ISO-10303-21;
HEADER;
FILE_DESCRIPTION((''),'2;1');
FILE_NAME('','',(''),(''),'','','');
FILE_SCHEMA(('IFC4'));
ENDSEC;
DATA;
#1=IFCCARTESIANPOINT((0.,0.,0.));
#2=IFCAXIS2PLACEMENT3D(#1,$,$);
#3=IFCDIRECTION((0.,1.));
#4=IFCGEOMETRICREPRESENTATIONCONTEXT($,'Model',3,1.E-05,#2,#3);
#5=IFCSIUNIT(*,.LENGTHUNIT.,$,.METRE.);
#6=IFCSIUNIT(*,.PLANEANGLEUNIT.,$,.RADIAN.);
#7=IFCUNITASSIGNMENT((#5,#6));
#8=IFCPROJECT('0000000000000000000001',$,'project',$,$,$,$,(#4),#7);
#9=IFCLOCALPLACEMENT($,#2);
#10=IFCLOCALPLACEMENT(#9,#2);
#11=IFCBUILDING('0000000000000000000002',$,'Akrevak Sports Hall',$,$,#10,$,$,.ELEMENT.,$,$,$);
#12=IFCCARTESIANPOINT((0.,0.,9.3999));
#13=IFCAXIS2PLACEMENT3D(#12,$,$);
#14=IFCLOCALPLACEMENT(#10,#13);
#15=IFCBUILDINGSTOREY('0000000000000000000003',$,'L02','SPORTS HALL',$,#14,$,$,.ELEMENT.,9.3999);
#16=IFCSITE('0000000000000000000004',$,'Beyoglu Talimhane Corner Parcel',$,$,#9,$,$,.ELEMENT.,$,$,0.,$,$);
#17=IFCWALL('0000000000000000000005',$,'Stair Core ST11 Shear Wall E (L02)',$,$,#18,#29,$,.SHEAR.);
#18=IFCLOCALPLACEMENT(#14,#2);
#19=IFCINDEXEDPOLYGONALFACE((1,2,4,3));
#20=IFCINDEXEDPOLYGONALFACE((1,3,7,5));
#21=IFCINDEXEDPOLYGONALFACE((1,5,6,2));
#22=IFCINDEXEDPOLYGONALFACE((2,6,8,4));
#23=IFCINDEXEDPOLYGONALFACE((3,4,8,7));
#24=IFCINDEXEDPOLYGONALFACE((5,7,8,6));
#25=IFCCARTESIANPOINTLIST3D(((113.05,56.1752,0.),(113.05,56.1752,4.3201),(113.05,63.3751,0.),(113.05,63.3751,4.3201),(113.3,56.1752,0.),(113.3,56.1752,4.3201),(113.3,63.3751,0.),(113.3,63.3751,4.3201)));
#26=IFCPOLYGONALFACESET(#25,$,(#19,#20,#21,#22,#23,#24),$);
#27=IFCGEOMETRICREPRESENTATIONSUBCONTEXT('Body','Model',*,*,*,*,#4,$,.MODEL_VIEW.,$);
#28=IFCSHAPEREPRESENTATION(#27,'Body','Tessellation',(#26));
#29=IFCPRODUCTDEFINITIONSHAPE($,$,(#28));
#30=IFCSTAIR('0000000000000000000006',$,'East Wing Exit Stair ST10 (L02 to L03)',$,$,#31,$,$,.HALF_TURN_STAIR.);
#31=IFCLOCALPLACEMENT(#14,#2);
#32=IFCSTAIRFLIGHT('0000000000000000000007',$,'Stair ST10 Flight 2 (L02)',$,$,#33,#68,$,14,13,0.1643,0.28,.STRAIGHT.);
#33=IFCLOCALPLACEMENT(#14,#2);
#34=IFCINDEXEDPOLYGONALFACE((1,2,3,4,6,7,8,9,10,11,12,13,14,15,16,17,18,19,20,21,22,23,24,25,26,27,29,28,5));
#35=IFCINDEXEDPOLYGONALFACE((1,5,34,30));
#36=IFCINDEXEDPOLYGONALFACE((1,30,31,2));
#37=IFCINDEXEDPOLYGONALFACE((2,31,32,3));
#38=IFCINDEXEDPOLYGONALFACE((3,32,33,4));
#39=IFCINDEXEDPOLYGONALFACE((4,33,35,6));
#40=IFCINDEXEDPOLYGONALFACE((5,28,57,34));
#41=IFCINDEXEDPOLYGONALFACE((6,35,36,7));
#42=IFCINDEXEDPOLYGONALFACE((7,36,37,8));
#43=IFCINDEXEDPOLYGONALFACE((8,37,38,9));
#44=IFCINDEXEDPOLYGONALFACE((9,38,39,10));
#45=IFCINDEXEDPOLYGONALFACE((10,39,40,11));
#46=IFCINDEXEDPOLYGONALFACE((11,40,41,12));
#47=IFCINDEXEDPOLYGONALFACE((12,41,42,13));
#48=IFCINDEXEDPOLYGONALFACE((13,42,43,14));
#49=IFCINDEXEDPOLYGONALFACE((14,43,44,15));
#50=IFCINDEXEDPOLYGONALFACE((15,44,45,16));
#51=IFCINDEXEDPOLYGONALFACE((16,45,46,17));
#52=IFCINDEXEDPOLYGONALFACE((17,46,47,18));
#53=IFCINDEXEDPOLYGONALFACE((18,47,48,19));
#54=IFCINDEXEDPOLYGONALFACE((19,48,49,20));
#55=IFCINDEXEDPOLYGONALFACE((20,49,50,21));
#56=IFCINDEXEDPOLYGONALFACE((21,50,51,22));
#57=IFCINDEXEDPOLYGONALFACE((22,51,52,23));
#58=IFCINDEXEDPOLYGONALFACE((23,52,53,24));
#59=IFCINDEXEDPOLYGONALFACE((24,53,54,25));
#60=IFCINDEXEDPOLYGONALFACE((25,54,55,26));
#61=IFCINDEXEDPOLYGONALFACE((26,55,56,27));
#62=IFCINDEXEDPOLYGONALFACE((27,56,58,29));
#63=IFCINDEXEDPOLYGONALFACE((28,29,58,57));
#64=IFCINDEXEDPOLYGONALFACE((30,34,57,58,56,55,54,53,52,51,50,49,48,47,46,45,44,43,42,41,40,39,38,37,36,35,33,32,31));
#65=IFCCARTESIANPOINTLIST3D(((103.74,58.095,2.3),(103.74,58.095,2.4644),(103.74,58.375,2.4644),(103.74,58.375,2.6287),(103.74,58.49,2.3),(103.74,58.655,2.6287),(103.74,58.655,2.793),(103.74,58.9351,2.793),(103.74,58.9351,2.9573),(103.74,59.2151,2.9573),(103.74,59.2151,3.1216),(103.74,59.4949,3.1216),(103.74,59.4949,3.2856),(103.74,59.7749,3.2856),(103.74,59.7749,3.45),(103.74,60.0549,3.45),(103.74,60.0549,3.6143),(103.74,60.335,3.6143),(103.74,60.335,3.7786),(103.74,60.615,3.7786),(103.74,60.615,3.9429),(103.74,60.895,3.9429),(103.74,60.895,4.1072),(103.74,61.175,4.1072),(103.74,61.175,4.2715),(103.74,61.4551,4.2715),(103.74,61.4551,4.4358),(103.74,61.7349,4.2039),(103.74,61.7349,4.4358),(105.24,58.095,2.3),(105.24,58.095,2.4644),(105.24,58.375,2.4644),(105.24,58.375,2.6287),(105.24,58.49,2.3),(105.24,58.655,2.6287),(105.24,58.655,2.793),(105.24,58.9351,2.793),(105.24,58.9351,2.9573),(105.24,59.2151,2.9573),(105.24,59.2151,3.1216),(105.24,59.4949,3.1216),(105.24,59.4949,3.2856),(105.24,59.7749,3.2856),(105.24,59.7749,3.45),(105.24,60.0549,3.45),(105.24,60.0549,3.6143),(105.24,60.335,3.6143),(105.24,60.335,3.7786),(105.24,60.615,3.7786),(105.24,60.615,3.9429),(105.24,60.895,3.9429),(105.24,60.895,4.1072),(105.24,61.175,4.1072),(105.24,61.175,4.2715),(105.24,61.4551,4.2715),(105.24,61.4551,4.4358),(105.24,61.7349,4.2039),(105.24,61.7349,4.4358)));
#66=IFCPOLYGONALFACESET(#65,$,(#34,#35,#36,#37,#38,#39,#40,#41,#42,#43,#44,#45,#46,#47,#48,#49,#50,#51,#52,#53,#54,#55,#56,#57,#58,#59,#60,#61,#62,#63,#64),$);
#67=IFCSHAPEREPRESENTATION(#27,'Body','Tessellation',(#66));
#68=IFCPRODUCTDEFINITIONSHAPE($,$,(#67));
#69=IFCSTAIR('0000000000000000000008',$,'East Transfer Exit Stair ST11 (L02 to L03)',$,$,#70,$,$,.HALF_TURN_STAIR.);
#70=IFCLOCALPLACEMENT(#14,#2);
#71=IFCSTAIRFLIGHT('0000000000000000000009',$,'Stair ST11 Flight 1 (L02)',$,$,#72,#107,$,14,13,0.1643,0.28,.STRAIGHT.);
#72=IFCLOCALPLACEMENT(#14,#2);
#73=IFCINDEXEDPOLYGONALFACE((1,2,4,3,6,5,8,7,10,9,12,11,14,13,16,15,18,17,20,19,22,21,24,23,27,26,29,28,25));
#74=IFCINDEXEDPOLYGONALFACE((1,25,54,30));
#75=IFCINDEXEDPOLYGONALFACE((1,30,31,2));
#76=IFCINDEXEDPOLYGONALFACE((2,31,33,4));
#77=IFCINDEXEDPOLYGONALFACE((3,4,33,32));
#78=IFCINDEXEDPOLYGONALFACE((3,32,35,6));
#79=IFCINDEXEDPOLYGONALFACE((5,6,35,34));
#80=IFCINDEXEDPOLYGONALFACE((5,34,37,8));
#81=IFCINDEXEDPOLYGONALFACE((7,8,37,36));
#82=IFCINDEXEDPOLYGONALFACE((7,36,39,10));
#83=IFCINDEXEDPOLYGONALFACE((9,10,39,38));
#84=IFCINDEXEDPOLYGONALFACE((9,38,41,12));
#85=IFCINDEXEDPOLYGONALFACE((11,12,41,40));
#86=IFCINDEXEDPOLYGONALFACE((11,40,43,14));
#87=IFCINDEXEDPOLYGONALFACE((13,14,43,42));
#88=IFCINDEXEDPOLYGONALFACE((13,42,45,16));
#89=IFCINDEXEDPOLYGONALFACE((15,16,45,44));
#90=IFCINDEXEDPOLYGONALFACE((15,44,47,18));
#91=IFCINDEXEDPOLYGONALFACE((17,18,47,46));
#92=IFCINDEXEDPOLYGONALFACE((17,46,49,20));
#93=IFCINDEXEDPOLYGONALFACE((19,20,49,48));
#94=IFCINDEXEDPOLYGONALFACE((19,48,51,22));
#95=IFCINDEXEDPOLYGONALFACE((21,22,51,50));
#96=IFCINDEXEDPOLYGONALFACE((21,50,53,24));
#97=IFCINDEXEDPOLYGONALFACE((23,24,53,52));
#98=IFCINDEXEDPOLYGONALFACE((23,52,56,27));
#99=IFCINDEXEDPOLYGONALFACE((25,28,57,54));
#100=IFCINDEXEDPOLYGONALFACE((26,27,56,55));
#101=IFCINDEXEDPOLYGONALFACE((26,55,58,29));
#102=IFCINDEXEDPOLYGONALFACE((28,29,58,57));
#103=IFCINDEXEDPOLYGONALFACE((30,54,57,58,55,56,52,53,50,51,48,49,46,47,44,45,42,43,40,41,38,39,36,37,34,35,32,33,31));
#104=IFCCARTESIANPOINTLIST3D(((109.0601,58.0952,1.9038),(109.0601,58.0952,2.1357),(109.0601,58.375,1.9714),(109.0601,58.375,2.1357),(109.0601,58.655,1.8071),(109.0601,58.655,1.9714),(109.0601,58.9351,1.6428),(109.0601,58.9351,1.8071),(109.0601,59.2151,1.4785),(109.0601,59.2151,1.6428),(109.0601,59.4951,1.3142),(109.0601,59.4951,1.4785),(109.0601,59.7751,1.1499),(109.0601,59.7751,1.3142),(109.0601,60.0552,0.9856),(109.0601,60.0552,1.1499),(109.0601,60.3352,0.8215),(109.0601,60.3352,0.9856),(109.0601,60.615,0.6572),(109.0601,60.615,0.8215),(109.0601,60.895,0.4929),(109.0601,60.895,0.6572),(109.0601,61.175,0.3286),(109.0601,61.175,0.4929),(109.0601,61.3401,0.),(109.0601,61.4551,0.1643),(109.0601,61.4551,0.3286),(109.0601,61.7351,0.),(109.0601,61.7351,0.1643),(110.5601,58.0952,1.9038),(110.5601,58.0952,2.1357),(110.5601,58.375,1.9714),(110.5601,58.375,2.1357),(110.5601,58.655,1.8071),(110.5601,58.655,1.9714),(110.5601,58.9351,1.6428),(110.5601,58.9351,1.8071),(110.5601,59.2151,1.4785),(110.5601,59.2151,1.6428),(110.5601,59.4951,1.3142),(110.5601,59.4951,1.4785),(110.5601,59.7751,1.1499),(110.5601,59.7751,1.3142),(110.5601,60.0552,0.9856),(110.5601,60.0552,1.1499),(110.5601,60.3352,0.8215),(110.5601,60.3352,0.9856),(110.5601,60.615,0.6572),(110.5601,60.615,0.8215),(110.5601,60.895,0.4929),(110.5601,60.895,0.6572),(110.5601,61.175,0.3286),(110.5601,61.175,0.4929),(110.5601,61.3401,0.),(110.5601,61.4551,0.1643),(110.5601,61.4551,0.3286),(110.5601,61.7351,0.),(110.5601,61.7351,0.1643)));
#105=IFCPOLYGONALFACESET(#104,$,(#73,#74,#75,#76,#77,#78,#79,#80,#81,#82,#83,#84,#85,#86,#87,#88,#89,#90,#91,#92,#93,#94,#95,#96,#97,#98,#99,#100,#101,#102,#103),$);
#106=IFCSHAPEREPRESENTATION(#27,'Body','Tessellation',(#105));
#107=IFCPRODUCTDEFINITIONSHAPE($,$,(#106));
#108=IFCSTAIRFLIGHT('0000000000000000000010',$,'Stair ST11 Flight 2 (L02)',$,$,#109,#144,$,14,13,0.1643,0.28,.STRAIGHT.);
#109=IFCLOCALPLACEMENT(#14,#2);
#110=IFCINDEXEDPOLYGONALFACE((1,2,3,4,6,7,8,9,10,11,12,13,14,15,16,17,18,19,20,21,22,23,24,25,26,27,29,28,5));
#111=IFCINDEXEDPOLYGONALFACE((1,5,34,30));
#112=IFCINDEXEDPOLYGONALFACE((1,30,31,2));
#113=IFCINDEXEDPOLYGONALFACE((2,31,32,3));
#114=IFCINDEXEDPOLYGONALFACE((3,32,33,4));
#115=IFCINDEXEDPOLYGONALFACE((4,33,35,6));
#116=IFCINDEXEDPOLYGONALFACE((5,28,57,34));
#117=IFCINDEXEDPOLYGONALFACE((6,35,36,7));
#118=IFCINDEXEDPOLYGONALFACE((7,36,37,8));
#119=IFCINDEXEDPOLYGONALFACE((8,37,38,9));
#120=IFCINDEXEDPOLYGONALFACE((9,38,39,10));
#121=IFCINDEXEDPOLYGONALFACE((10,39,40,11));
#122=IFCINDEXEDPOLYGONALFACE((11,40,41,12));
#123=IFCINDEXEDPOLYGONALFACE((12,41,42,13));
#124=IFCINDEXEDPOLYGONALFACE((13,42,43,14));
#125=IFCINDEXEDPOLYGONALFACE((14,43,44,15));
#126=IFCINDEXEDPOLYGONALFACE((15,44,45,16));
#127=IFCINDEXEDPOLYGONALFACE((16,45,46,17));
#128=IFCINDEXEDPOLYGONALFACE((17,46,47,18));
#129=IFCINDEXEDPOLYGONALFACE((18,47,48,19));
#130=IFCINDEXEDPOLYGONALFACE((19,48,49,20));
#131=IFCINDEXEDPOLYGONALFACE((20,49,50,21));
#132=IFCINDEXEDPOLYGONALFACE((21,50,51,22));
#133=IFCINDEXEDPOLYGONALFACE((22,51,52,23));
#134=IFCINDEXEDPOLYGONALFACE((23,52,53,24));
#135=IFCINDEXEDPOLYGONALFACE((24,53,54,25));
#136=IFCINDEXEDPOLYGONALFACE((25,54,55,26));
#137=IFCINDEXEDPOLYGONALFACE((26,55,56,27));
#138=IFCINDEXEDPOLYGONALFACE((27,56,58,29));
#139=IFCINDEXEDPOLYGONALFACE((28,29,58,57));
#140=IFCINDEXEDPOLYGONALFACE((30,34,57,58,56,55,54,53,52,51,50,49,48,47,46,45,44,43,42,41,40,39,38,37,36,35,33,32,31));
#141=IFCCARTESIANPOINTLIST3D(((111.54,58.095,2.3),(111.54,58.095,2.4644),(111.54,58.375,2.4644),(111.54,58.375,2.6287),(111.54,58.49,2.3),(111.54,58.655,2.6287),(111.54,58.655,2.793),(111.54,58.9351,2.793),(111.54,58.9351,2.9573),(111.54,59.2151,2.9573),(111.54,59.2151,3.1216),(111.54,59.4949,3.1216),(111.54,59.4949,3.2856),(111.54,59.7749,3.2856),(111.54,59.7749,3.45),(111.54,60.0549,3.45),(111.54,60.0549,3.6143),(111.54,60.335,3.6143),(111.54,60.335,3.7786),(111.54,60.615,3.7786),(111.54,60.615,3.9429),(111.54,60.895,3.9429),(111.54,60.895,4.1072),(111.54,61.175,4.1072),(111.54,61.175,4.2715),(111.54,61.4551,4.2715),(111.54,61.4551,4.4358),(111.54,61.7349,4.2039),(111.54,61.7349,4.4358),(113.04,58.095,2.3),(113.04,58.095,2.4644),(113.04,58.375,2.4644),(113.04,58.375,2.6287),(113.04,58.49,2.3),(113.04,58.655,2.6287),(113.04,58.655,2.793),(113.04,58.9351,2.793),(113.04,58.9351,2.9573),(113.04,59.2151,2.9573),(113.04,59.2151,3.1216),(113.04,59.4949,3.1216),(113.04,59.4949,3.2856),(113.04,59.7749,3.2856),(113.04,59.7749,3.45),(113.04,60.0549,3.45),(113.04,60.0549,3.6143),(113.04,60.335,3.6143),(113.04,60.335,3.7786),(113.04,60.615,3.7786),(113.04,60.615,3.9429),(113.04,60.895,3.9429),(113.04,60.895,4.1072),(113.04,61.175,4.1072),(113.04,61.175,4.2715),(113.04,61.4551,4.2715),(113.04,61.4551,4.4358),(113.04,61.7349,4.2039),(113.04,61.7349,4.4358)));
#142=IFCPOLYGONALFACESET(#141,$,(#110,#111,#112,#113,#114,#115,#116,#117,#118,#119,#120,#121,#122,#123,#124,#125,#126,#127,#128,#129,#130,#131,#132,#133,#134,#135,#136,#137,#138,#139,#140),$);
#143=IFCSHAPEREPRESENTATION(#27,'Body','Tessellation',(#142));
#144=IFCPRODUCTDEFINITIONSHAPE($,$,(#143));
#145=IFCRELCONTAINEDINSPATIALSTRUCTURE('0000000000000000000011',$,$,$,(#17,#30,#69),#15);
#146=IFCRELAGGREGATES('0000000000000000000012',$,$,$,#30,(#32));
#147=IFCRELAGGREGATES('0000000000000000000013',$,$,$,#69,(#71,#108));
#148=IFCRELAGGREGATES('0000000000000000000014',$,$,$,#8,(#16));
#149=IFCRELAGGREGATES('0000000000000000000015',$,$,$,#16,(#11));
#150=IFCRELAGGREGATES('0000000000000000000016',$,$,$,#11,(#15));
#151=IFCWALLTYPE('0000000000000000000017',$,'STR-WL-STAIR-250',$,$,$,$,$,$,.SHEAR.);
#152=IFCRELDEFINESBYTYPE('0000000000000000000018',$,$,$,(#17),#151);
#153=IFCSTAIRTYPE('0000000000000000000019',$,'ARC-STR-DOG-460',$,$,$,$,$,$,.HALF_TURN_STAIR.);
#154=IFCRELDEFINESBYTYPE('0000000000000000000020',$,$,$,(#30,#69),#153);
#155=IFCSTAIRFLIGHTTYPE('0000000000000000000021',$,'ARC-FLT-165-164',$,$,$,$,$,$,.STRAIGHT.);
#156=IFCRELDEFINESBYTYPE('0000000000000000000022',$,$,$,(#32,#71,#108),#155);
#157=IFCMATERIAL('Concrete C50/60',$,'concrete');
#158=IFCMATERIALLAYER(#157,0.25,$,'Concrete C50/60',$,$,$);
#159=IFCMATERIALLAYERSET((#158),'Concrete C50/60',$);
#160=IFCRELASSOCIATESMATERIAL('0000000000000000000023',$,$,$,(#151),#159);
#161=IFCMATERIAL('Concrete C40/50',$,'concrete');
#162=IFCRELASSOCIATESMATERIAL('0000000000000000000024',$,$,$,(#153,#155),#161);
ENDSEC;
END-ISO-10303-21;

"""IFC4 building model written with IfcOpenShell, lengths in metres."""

from ifc_helpers import new_model, si_unit, direction, frame, frame_2d, origin, place, context, subcontext, project, spatial, polyline, rectangle, outline, extrude, material, layer, layer_set, type_object, element, aggregate, save


model = new_model("IFC4")

# Units and contexts
model_context = context("Model", 3, precision=1e-05, world=origin(), true_north=direction((0.0, 1.0)))
body_context = subcontext(model_context, "Body", "Model", "MODEL_VIEW")
ifc_project = project(units=[si_unit("LENGTHUNIT", "METRE"), si_unit("PLANEANGLEUNIT", "RADIAN")], contexts=[model_context])

# Site, building, storey
site_placement = place(None, origin())
site = spatial("IfcSite", under=ifc_project, at=site_placement, Name="Beyoglu Talimhane Corner Parcel", CompositionType="ELEMENT", RefElevation=0.0)
building_placement = place(site_placement, origin())
building = spatial("IfcBuilding", under=site, at=building_placement, Name="Akrevak Sports Hall", CompositionType="ELEMENT")
storey_placement = place(building_placement, frame((0.0, 0.0, 9.3999)))
storey = spatial("IfcBuildingStorey", under=building, at=storey_placement, Name="L02", Description="SPORTS HALL", CompositionType="ELEMENT", Elevation=9.3999)

# Shared definitions
ifc_material_1 = material(Name="Concrete C50/60", Category="concrete")

# Shared definitions
ifc_material_2 = material(Name="Concrete C40/50", Category="concrete")

# Shared definitions
ifc_layer_1 = layer(ifc_material_1, 0.25, Name="Concrete C50/60")
ifc_layer_set_1 = layer_set([ifc_layer_1], Name="Concrete C50/60")
wall_type_1 = type_object("IfcWallType", Name="STR-WL-STAIR-250", PredefinedType="SHEAR", material=ifc_layer_set_1)

# Wall
for number, where, z_axis, x_axis, name in (
    (1, (113.175, 56.175, 0.0), (0.0, 0.0, 1.0), (0.0, 1.0, 0.0), "Stair Core ST11 Shear Wall E (L02)"),
):
    element("IfcWall", number, at=place(storey_placement, frame(where, z_axis=z_axis, x_axis=x_axis)), inside=storey, type_object=wall_type_1, Name=name, PredefinedType="SHEAR", context=body_context, shape_type="SweptSolid", body=[
        extrude(rectangle(XDim=7.2, YDim=0.25, at=frame_2d((3.6001, 0.0))), origin(), (0.0, 0.0, 1.0), 4.3201),
    ])

# Stair, stair flight
stair_type = type_object("IfcStairType", Name="ARC-STR-DOG-460", PredefinedType="HALF_TURN_STAIR", material=ifc_material_2)
stair_1_placement = place(storey_placement, origin())
stair_1 = element("IfcStair", 2, at=stair_1_placement, inside=storey, type_object=stair_type, Name="East Wing Exit Stair ST10 (L02 to L03)", PredefinedType="HALF_TURN_STAIR")
stair_flight_type = type_object("IfcStairFlightType", Name="ARC-FLT-165-164", PredefinedType="STRAIGHT", material=ifc_material_2)
stair_flight_1_placement = place(storey_placement, frame((104.49, 58.095, 2.3), z_axis=(0.0, 0.0, 1.0), x_axis=(0.0, 1.0, 0.0)))
stair_flight_1 = element("IfcStairFlight", 3, at=stair_flight_1_placement, type_object=stair_flight_type, Name="Stair ST10 Flight 2 (L02)", NumberOfRisers=14, NumberOfTreads=13, PredefinedType="STRAIGHT", RiserHeight=0.1643, TreadLength=0.28, context=body_context, shape_type="SweptSolid", body=[
    extrude(outline(polyline([(0.0, 0.0), (0.0, 0.1643), (0.28, 0.1643), (0.28, 0.3286), (0.5601, 0.3286), (0.5601, 0.4929), (0.8401, 0.4929), (0.8401, 0.6572), (1.1201, 0.6572), (1.1201, 0.8215), (1.3999, 0.8215), (1.3999, 0.9856), (1.6799, 0.9856), (1.6799, 1.1499), (1.96, 1.1499), (1.96, 1.3142), (2.24, 1.3142), (2.24, 1.4785), (2.52, 1.4785), (2.52, 1.6428), (2.8, 1.6428), (2.8, 1.8071), (3.0801, 1.8071), (3.0801, 1.9714), (3.3601, 1.9714), (3.3601, 2.1357), (3.6399, 2.1357), (3.6399, 2.3), (3.6399, 1.9038), (0.395, 0.0), (0.0, 0.0)])), frame((0.0, 0.75, 0.0), z_axis=(0.0, -1.0, 0.0), x_axis=(1.0, 0.0, 0.0)), (0.0, 0.0, 1.0), 1.5),
])
aggregate(stair_1, [stair_flight_1])

# Stair, stair flights
stair_2_placement = place(storey_placement, origin())
stair_2 = element("IfcStair", 4, at=stair_2_placement, inside=storey, type_object=stair_type, Name="East Transfer Exit Stair ST11 (L02 to L03)", PredefinedType="HALF_TURN_STAIR")
stair_flight_2_placement = place(storey_placement, frame((109.8101, 61.7351, 0.0), z_axis=(0.0, 0.0, 1.0), x_axis=(0.0, -1.0, 0.0)))
stair_flight_2 = element("IfcStairFlight", 5, at=stair_flight_2_placement, type_object=stair_flight_type, Name="Stair ST11 Flight 1 (L02)", NumberOfRisers=14, NumberOfTreads=13, PredefinedType="STRAIGHT", RiserHeight=0.1643, TreadLength=0.28, context=body_context, shape_type="SweptSolid", body=[
    extrude(outline(polyline([(0.0, 0.0), (0.0, 0.1643), (0.28, 0.1643), (0.28, 0.3286), (0.5601, 0.3286), (0.5601, 0.4929), (0.8401, 0.4929), (0.8401, 0.6572), (1.1201, 0.6572), (1.1201, 0.8215), (1.3999, 0.8215), (1.3999, 0.9856), (1.6799, 0.9856), (1.6799, 1.1499), (1.96, 1.1499), (1.96, 1.3142), (2.24, 1.3142), (2.24, 1.4785), (2.52, 1.4785), (2.52, 1.6428), (2.8, 1.6428), (2.8, 1.8071), (3.0801, 1.8071), (3.0801, 1.9714), (3.3601, 1.9714), (3.3601, 2.1357), (3.6399, 2.1357), (3.6399, 2.3), (3.6399, 1.9038), (0.395, 0.0), (0.0, 0.0)])), frame((0.0, 0.75, 0.0), z_axis=(0.0, -1.0, 0.0), x_axis=(1.0, 0.0, 0.0)), (0.0, 0.0, 1.0), 1.5),
])
stair_flight_3_placement = place(storey_placement, frame((112.29, 58.095, 2.3), z_axis=(0.0, 0.0, 1.0), x_axis=(0.0, 1.0, 0.0)))
stair_flight_3 = element("IfcStairFlight", 6, at=stair_flight_3_placement, type_object=stair_flight_type, Name="Stair ST11 Flight 2 (L02)", NumberOfRisers=14, NumberOfTreads=13, PredefinedType="STRAIGHT", RiserHeight=0.1643, TreadLength=0.28, context=body_context, shape_type="SweptSolid", body=[
    extrude(outline(polyline([(0.0, 0.0), (0.0, 0.1643), (0.28, 0.1643), (0.28, 0.3286), (0.5601, 0.3286), (0.5601, 0.4929), (0.8401, 0.4929), (0.8401, 0.6572), (1.1201, 0.6572), (1.1201, 0.8215), (1.3999, 0.8215), (1.3999, 0.9856), (1.6799, 0.9856), (1.6799, 1.1499), (1.96, 1.1499), (1.96, 1.3142), (2.24, 1.3142), (2.24, 1.4785), (2.52, 1.4785), (2.52, 1.6428), (2.8, 1.6428), (2.8, 1.8071), (3.0801, 1.8071), (3.0801, 1.9714), (3.3601, 1.9714), (3.3601, 2.1357), (3.6399, 2.1357), (3.6399, 2.3), (3.6399, 1.9038), (0.395, 0.0), (0.0, 0.0)])), frame((0.0, 0.75, 0.0), z_axis=(0.0, -1.0, 0.0), x_axis=(1.0, 0.0, 0.0)), (0.0, 0.0, 1.0), 1.5),
])
aggregate(stair_2, [stair_flight_2, stair_flight_3])

save(model, "model.ifc")
